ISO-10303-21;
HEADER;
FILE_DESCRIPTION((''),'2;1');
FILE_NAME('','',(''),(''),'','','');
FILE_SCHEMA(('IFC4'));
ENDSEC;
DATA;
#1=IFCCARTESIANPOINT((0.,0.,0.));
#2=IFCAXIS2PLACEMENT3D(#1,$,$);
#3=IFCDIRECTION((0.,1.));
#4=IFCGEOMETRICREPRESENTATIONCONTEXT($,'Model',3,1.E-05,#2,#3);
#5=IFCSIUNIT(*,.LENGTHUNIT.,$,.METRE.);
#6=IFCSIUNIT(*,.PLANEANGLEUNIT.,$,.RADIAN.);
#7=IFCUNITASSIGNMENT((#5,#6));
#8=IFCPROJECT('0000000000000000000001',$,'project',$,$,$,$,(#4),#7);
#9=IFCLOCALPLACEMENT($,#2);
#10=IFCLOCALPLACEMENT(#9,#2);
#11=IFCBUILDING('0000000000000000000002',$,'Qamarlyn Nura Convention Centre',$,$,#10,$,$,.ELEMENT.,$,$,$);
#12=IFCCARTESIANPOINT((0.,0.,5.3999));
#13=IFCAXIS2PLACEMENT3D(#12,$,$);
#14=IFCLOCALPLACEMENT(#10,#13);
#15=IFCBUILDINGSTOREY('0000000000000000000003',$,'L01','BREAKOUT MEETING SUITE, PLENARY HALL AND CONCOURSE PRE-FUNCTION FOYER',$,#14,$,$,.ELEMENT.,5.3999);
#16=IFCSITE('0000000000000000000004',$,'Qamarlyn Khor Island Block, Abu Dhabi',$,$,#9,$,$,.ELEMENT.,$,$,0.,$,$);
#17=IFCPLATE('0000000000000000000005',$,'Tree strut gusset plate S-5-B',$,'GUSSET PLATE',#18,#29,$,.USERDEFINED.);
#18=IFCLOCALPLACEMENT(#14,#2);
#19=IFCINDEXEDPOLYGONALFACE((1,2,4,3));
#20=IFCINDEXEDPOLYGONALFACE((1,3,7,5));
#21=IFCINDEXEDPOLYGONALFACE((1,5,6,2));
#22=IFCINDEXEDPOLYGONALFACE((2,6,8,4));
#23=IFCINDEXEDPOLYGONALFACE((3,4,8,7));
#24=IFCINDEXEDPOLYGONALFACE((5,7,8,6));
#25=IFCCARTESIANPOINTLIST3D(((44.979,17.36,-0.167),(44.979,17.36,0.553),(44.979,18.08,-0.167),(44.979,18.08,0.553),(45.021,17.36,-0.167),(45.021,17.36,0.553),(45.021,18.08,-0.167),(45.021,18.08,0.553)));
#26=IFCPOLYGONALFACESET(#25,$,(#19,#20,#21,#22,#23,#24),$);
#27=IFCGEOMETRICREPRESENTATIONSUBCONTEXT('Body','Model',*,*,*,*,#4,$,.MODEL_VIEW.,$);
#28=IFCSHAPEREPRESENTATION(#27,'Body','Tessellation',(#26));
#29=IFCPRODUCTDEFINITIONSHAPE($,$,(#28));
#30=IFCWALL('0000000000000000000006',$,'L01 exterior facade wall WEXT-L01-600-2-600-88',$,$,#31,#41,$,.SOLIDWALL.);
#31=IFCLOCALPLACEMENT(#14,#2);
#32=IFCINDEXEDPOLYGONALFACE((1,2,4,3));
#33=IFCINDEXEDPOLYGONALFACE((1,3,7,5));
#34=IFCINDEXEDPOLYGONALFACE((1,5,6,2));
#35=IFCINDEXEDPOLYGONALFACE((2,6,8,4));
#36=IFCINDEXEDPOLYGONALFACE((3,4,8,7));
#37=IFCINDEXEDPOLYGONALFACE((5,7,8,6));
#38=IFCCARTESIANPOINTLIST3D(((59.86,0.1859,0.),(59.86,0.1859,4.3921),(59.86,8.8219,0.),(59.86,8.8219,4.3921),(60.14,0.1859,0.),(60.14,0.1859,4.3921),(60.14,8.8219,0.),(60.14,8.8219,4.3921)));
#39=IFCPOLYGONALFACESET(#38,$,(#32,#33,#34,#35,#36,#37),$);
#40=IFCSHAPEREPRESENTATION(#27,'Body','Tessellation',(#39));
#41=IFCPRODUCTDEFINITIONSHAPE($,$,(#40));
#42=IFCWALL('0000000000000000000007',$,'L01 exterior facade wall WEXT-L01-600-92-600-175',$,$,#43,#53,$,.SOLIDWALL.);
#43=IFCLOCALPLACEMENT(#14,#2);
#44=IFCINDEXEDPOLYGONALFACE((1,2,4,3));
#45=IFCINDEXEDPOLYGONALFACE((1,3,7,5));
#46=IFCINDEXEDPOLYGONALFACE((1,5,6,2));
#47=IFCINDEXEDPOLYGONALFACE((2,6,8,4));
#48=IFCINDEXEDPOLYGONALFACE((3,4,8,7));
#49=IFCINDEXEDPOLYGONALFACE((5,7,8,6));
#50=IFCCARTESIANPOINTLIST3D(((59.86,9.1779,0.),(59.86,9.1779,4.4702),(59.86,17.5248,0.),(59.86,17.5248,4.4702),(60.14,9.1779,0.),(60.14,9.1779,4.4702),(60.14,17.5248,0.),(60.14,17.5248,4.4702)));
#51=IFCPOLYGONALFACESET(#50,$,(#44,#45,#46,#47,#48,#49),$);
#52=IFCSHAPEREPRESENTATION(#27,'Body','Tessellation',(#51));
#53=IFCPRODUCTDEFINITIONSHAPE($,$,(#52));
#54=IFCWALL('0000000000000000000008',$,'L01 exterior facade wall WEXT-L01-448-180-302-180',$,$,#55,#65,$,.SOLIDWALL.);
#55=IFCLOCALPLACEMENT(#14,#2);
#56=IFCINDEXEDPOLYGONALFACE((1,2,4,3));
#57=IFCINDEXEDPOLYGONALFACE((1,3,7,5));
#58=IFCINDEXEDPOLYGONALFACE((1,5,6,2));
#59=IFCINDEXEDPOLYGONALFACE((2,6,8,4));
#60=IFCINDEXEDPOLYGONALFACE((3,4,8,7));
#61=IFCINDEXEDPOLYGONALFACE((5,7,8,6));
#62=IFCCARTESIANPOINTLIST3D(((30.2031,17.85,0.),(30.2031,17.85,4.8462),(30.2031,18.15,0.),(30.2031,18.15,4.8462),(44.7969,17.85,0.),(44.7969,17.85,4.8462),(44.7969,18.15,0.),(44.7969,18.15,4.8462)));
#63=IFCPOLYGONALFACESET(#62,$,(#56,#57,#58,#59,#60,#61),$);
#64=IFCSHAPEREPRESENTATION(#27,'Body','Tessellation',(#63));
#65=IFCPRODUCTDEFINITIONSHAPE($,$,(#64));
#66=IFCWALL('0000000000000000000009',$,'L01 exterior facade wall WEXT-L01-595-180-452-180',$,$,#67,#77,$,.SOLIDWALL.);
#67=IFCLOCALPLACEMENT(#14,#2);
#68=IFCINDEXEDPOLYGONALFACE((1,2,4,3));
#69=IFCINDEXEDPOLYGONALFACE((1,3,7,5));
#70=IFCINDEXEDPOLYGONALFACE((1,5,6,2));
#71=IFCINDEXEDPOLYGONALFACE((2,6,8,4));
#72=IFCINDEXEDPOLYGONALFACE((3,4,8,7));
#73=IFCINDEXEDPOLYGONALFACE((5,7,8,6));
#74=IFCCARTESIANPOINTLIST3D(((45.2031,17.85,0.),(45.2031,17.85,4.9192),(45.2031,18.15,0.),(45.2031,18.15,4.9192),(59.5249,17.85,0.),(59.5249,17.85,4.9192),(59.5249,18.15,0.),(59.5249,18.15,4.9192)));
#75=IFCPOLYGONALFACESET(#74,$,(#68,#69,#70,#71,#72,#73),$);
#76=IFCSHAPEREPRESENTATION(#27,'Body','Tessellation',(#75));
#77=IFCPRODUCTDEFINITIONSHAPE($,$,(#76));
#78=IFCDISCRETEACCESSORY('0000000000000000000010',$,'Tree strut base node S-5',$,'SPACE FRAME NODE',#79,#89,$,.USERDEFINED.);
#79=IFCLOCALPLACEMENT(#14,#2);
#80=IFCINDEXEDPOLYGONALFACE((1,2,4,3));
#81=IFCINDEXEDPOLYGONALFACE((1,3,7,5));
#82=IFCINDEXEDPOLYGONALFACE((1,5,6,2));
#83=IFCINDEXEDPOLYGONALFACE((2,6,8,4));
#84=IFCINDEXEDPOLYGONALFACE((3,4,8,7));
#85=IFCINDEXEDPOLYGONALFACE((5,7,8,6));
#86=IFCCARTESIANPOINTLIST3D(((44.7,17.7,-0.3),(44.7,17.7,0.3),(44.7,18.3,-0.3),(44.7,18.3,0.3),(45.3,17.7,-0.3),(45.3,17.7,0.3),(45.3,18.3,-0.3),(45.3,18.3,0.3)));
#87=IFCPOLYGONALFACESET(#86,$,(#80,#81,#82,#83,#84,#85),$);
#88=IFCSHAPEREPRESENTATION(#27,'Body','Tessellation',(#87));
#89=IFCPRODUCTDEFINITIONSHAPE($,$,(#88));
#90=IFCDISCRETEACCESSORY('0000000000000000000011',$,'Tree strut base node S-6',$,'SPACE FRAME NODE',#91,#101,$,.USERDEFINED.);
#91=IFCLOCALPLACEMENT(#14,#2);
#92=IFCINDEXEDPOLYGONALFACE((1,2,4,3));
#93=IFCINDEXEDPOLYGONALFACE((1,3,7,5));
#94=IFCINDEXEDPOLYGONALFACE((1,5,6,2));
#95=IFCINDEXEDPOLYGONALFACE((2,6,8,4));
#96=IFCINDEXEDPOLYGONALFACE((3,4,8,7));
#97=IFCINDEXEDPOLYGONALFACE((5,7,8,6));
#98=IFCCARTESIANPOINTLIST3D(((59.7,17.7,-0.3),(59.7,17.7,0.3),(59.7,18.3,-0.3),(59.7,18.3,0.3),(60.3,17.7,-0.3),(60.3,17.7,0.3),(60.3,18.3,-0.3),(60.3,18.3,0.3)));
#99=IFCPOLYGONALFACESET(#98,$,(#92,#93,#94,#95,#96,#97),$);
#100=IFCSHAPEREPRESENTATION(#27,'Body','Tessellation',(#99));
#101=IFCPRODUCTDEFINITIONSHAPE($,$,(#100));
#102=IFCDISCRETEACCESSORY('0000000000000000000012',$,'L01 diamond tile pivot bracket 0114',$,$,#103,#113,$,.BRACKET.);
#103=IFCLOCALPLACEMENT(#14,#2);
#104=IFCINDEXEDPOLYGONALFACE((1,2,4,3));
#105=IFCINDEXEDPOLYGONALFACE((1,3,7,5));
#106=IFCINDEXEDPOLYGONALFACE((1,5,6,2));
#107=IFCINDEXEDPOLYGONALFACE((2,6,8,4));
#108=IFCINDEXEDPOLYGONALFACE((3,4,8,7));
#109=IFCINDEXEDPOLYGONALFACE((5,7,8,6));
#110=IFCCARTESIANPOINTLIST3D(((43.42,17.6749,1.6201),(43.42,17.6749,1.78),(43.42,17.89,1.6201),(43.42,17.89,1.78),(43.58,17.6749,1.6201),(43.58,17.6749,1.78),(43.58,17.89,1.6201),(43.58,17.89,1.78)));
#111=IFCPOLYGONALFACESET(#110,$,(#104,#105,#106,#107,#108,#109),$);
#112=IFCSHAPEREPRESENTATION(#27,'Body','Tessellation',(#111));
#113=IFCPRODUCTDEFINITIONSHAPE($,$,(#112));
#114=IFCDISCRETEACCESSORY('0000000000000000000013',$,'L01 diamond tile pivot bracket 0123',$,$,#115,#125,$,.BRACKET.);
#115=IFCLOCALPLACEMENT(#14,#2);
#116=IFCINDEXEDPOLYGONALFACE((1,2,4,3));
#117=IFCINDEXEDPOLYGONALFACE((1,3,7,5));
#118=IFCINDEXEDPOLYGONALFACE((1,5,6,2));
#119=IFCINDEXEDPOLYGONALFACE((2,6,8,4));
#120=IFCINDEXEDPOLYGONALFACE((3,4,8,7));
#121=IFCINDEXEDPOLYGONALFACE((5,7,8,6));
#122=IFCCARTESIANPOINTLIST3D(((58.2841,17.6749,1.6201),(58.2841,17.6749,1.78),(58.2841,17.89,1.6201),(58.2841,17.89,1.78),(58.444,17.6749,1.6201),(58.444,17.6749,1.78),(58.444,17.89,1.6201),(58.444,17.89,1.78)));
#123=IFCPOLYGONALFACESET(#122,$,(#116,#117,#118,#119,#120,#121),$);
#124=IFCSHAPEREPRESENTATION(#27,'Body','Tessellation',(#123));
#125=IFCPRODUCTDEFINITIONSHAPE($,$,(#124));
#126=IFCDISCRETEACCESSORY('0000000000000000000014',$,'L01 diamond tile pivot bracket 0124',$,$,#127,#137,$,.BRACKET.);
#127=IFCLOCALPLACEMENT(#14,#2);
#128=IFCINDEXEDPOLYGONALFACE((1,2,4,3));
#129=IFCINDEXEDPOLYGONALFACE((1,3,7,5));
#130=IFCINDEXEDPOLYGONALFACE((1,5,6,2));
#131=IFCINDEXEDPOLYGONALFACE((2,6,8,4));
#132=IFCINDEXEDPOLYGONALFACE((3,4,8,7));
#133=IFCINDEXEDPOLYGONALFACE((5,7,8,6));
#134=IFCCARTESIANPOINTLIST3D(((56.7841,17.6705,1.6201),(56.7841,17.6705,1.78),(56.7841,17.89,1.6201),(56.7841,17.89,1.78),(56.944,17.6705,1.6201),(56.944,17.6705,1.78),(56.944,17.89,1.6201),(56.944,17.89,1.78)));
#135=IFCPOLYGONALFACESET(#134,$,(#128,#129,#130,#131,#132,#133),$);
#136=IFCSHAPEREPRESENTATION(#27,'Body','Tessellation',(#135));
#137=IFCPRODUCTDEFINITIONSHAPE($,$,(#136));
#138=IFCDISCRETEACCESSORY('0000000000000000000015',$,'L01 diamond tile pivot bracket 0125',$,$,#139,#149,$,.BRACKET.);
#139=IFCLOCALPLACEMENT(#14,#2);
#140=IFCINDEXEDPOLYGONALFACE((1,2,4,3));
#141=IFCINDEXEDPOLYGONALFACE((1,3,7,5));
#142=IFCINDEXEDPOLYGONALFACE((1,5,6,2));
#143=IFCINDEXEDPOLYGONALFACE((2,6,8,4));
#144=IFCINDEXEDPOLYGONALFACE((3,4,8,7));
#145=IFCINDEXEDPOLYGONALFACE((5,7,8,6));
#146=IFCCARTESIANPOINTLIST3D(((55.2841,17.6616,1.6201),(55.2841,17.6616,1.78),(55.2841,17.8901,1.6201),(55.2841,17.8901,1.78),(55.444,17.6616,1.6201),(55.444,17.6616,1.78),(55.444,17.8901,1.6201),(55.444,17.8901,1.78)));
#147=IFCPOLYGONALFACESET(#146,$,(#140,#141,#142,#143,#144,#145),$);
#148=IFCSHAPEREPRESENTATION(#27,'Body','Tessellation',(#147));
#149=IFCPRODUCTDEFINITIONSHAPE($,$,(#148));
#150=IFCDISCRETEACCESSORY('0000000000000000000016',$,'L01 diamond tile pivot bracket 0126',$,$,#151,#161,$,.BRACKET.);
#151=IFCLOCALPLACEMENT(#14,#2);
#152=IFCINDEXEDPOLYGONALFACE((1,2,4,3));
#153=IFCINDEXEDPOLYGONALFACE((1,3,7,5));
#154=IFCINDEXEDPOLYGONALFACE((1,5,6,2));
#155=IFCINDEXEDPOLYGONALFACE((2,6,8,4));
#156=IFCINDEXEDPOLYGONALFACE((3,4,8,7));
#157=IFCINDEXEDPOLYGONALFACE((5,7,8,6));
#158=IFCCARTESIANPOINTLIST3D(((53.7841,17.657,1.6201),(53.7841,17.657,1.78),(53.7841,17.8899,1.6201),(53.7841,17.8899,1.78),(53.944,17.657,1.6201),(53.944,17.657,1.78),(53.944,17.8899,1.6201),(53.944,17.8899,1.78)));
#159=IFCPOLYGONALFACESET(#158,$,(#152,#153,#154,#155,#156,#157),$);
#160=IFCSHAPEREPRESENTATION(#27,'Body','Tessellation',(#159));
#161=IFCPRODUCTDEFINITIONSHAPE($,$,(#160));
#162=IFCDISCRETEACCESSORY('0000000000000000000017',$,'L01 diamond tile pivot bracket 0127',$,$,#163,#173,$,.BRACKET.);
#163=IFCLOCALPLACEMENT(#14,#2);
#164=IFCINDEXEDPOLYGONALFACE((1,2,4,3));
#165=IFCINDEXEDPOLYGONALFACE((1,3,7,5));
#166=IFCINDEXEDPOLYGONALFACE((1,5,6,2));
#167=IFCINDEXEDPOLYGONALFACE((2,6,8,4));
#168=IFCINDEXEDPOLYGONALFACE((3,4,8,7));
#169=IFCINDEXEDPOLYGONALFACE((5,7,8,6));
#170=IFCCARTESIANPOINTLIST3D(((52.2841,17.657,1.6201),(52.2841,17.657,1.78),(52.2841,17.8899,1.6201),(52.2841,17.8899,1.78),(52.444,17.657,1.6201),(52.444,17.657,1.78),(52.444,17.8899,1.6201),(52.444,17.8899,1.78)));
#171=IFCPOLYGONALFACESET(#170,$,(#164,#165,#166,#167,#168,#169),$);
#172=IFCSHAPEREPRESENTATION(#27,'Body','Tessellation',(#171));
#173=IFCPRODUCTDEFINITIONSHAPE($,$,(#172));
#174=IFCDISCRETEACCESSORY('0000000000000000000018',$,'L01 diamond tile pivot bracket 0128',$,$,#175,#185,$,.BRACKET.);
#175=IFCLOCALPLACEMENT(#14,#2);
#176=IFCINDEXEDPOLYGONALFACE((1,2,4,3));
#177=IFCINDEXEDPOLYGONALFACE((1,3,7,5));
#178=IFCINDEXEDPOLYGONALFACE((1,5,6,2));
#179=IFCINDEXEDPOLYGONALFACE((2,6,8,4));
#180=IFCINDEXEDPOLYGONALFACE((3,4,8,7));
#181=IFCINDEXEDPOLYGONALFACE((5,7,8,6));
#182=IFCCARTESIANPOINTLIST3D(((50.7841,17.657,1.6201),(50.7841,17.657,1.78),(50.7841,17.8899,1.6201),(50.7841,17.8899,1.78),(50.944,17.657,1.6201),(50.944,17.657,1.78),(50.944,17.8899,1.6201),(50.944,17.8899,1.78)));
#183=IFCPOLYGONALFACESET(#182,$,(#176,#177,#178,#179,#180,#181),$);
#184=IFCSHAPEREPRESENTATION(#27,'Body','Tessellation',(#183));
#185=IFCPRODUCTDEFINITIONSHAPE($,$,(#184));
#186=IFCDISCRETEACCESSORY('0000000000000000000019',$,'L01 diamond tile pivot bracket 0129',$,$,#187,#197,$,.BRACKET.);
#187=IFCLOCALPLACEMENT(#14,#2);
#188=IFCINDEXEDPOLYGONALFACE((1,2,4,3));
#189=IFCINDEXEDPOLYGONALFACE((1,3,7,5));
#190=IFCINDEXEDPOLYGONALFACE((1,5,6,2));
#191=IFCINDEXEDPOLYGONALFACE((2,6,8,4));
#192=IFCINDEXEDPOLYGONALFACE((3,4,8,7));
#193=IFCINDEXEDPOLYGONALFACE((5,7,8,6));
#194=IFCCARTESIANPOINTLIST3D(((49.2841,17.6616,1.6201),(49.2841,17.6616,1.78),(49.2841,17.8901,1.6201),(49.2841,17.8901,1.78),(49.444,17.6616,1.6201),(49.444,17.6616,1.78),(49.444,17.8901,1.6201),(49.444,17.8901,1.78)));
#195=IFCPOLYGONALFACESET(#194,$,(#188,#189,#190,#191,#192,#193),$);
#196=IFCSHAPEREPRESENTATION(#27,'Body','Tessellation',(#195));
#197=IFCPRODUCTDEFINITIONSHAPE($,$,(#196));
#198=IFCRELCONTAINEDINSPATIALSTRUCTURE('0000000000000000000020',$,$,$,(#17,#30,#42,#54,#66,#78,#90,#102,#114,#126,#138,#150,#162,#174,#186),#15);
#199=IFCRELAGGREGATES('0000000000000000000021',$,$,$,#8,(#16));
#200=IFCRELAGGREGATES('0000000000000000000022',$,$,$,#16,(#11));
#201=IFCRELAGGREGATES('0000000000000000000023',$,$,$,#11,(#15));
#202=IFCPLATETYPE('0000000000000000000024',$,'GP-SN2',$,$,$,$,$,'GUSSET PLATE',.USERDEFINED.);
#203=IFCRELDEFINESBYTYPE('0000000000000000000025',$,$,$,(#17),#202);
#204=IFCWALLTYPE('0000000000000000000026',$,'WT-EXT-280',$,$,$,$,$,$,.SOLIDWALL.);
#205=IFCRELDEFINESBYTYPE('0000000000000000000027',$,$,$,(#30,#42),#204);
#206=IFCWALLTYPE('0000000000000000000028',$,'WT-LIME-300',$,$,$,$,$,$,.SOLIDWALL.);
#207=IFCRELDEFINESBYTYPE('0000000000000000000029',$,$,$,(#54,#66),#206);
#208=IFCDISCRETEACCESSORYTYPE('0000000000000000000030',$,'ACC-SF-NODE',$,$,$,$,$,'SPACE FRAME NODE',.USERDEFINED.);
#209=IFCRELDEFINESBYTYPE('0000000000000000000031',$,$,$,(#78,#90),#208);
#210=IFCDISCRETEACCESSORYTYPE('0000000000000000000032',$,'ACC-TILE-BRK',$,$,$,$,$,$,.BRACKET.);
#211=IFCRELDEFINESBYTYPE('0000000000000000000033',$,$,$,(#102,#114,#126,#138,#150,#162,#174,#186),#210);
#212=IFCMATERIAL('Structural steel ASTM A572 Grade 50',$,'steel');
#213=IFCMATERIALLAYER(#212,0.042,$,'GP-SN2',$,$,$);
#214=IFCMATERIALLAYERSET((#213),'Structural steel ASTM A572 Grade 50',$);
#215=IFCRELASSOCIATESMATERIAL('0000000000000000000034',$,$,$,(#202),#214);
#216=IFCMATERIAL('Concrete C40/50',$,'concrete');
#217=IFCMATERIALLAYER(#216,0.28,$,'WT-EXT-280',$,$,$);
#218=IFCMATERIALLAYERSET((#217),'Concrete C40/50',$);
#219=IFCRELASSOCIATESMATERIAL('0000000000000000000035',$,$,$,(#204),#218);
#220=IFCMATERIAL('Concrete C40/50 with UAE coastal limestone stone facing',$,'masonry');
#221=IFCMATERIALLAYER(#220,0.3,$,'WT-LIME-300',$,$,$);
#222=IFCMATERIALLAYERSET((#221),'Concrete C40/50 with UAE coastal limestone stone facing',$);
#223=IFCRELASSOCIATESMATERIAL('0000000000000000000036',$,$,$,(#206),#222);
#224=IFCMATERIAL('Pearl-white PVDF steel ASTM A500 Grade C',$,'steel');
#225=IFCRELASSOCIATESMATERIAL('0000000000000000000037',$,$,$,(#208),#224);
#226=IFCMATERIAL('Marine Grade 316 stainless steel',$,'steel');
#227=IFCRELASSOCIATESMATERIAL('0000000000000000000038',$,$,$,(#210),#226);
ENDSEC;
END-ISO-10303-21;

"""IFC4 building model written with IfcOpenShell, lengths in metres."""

from ifc_helpers import new_model, si_unit, direction, frame, frame_2d, origin, origin_2d, place, context, subcontext, project, spatial, rectangle, extrude, material, layer, layer_set, type_object, element, save


model = new_model("IFC4")

# Units and contexts
model_context = context("Model", 3, precision=1e-05, world=origin(), true_north=direction((0.0, 1.0)))
body_context = subcontext(model_context, "Body", "Model", "MODEL_VIEW")
ifc_project = project(units=[si_unit("LENGTHUNIT", "METRE"), si_unit("PLANEANGLEUNIT", "RADIAN")], contexts=[model_context])

# Site, building, storey
site_placement = place(None, origin())
site = spatial("IfcSite", under=ifc_project, at=site_placement, Name="Qamarlyn Khor Island Block, Abu Dhabi", CompositionType="ELEMENT", RefElevation=0.0)
building_placement = place(site_placement, origin())
building = spatial("IfcBuilding", under=site, at=building_placement, Name="Qamarlyn Nura Convention Centre", CompositionType="ELEMENT")
storey_placement = place(building_placement, frame((0.0, 0.0, 5.3999)))
storey = spatial("IfcBuildingStorey", under=building, at=storey_placement, Name="L01", Description="BREAKOUT MEETING SUITE, PLENARY HALL AND CONCOURSE PRE-FUNCTION FOYER", CompositionType="ELEMENT", Elevation=5.3999)

# Shared definitions
ifc_material_1 = material(Name="Pearl-white PVDF steel ASTM A500 Grade C", Category="steel")

# Plate
ifc_material_2 = material(Name="Structural steel ASTM A572 Grade 50", Category="steel")
ifc_layer_1 = layer(ifc_material_2, 0.042, Name="GP-SN2")
ifc_layer_set_1 = layer_set([ifc_layer_1], Name="Structural steel ASTM A572 Grade 50")
plate_type_1 = type_object("IfcPlateType", Name="GP-SN2", ElementType="GUSSET PLATE", PredefinedType="USERDEFINED", material=ifc_layer_set_1)
plate_1_placement = place(storey_placement, frame((45.0, 17.72, -0.167), z_axis=(0.0, 0.0, 1.0), x_axis=(0.0, 1.0, 0.0)))
element("IfcPlate", 1, at=plate_1_placement, inside=storey, type_object=plate_type_1, Name="Tree strut gusset plate S-5-B", ObjectType="GUSSET PLATE", PredefinedType="USERDEFINED", context=body_context, shape_type="SweptSolid", body=[
    extrude(rectangle(XDim=0.72, YDim=0.042, at=origin_2d()), origin(), (0.0, 0.0, 1.0), 0.72),
])

# Walls
ifc_material_3 = material(Name="Concrete C40/50", Category="concrete")
ifc_layer_2 = layer(ifc_material_3, 0.28, Name="WT-EXT-280")
ifc_layer_set_2 = layer_set([ifc_layer_2], Name="Concrete C40/50")
wall_type_1 = type_object("IfcWallType", Name="WT-EXT-280", PredefinedType="SOLIDWALL", material=ifc_layer_set_2)
wall_1_placement = place(storey_placement, frame((60.0, 0.186, 0.0), z_axis=(0.0, 0.0, 1.0), x_axis=(0.0, 1.0, 0.0)))
element("IfcWall", 2, at=wall_1_placement, inside=storey, type_object=wall_type_1, Name="L01 exterior facade wall WEXT-L01-600-2-600-88", PredefinedType="SOLIDWALL", context=body_context, shape_type="SweptSolid", body=[
    extrude(rectangle(XDim=8.636, YDim=0.28, at=frame_2d((4.3179, 0.0))), origin(), (0.0, 0.0, 1.0), 4.3921),
])
wall_2_placement = place(storey_placement, frame((60.0, 9.178, 0.0), z_axis=(0.0, 0.0, 1.0), x_axis=(0.0, 1.0, 0.0)))
element("IfcWall", 3, at=wall_2_placement, inside=storey, type_object=wall_type_1, Name="L01 exterior facade wall WEXT-L01-600-92-600-175", PredefinedType="SOLIDWALL", context=body_context, shape_type="SweptSolid", body=[
    extrude(rectangle(XDim=8.3469, YDim=0.28, at=frame_2d((4.1733, 0.0))), origin(), (0.0, 0.0, 1.0), 4.4702),
])
ifc_material_4 = material(Name="Concrete C40/50 with UAE coastal limestone stone facing", Category="masonry")
ifc_layer_3 = layer(ifc_material_4, 0.3, Name="WT-LIME-300")
ifc_layer_set_3 = layer_set([ifc_layer_3], Name="Concrete C40/50 with UAE coastal limestone stone facing")
wall_type_2 = type_object("IfcWallType", Name="WT-LIME-300", PredefinedType="SOLIDWALL", material=ifc_layer_set_3)
wall_3_placement = place(storey_placement, frame((44.7969, 18.0, 0.0), z_axis=(0.0, 0.0, 1.0), x_axis=(-1.0, 0.0, 0.0)))
element("IfcWall", 4, at=wall_3_placement, inside=storey, type_object=wall_type_2, Name="L01 exterior facade wall WEXT-L01-448-180-302-180", PredefinedType="SOLIDWALL", context=body_context, shape_type="SweptSolid", body=[
    extrude(rectangle(XDim=14.5938, YDim=0.3, at=frame_2d((7.2969, 0.0))), origin(), (0.0, 0.0, 1.0), 4.8462),
])
wall_4_placement = place(storey_placement, frame((59.5249, 18.0, 0.0), z_axis=(0.0, 0.0, 1.0), x_axis=(-1.0, 0.0, 0.0)))
element("IfcWall", 5, at=wall_4_placement, inside=storey, type_object=wall_type_2, Name="L01 exterior facade wall WEXT-L01-595-180-452-180", PredefinedType="SOLIDWALL", context=body_context, shape_type="SweptSolid", body=[
    extrude(rectangle(XDim=14.3218, YDim=0.3, at=frame_2d((7.1609, 0.0))), origin(), (0.0, 0.0, 1.0), 4.9192),
])

# Discrete accessories
discrete_accessory_type_1 = type_object("IfcDiscreteAccessoryType", Name="ACC-SF-NODE", ElementType="SPACE FRAME NODE", PredefinedType="USERDEFINED", material=ifc_material_1)
for number, where, z_axis, x_axis, name in (
    (6, (45.0, 18.0, -0.3), (0.0, 0.0, 1.0), (1.0, 0.0, 0.0), "Tree strut base node S-5"),
    (7, (60.0, 18.0, -0.3), (0.0, 0.0, 1.0), (1.0, 0.0, 0.0), "Tree strut base node S-6"),
):
    element("IfcDiscreteAccessory", number, at=place(storey_placement, frame(where, z_axis=z_axis, x_axis=x_axis)), inside=storey, type_object=discrete_accessory_type_1, Name=name, ObjectType="SPACE FRAME NODE", PredefinedType="USERDEFINED", context=body_context, shape_type="SweptSolid", body=[
        extrude(rectangle(XDim=0.6001, YDim=0.6001, at=origin_2d()), origin(), (0.0, 0.0, 1.0), 0.6001),
    ])
ifc_material_5 = material(Name="Marine Grade 316 stainless steel", Category="steel")
discrete_accessory_type_2 = type_object("IfcDiscreteAccessoryType", Name="ACC-TILE-BRK", PredefinedType="BRACKET", material=ifc_material_5)
for number, where, z_axis, x_axis, name in (
    (8, (43.5, 17.7825, 1.6201), (0.0, 0.0, 1.0), (0.0, -1.0, 0.0), "L01 diamond tile pivot bracket 0114"),
    (9, (58.364, 17.7825, 1.6201), (0.0, 0.0, 1.0), (0.0, -1.0, 0.0), "L01 diamond tile pivot bracket 0123"),
):
    element("IfcDiscreteAccessory", number, at=place(storey_placement, frame(where, z_axis=z_axis, x_axis=x_axis)), inside=storey, type_object=discrete_accessory_type_2, Name=name, PredefinedType="BRACKET", context=body_context, shape_type="SweptSolid", body=[
        extrude(rectangle(XDim=0.2151, YDim=0.1599, at=origin_2d()), origin(), (0.0, 0.0, 1.0), 0.1599),
    ])
discrete_accessory_1_placement = place(storey_placement, frame((56.864, 17.7803, 1.6201), z_axis=(0.0, 0.0, 1.0), x_axis=(0.0, -1.0, 0.0)))
element("IfcDiscreteAccessory", 10, at=discrete_accessory_1_placement, inside=storey, type_object=discrete_accessory_type_2, Name="L01 diamond tile pivot bracket 0124", PredefinedType="BRACKET", context=body_context, shape_type="SweptSolid", body=[
    extrude(rectangle(XDim=0.2195, YDim=0.1599, at=origin_2d()), origin(), (0.0, 0.0, 1.0), 0.1599),
])
discrete_accessory_2_placement = place(storey_placement, frame((55.364, 17.7759, 1.6201), z_axis=(0.0, 0.0, 1.0), x_axis=(0.0, -1.0, 0.0)))
element("IfcDiscreteAccessory", 11, at=discrete_accessory_2_placement, inside=storey, type_object=discrete_accessory_type_2, Name="L01 diamond tile pivot bracket 0125", PredefinedType="BRACKET", context=body_context, shape_type="SweptSolid", body=[
    extrude(rectangle(XDim=0.2285, YDim=0.1599, at=origin_2d()), origin(), (0.0, 0.0, 1.0), 0.1599),
])
for number, where, z_axis, x_axis, name in (
    (12, (53.864, 17.7734, 1.6201), (0.0, 0.0, 1.0), (0.0, -1.0, 0.0), "L01 diamond tile pivot bracket 0126"),
    (13, (52.364, 17.7734, 1.6201), (0.0, 0.0, 1.0), (0.0, -1.0, 0.0), "L01 diamond tile pivot bracket 0127"),
    (14, (50.864, 17.7734, 1.6201), (0.0, 0.0, 1.0), (0.0, -1.0, 0.0), "L01 diamond tile pivot bracket 0128"),
):
    element("IfcDiscreteAccessory", number, at=place(storey_placement, frame(where, z_axis=z_axis, x_axis=x_axis)), inside=storey, type_object=discrete_accessory_type_2, Name=name, PredefinedType="BRACKET", context=body_context, shape_type="SweptSolid", body=[
        extrude(rectangle(XDim=0.2329, YDim=0.1599, at=origin_2d()), origin(), (0.0, 0.0, 1.0), 0.1599),
    ])
discrete_accessory_3_placement = place(storey_placement, frame((49.364, 17.7759, 1.6201), z_axis=(0.0, 0.0, 1.0), x_axis=(0.0, -1.0, 0.0)))
element("IfcDiscreteAccessory", 15, at=discrete_accessory_3_placement, inside=storey, type_object=discrete_accessory_type_2, Name="L01 diamond tile pivot bracket 0129", PredefinedType="BRACKET", context=body_context, shape_type="SweptSolid", body=[
    extrude(rectangle(XDim=0.2285, YDim=0.1599, at=origin_2d()), origin(), (0.0, 0.0, 1.0), 0.1599),
])

save(model, "model.ifc")
